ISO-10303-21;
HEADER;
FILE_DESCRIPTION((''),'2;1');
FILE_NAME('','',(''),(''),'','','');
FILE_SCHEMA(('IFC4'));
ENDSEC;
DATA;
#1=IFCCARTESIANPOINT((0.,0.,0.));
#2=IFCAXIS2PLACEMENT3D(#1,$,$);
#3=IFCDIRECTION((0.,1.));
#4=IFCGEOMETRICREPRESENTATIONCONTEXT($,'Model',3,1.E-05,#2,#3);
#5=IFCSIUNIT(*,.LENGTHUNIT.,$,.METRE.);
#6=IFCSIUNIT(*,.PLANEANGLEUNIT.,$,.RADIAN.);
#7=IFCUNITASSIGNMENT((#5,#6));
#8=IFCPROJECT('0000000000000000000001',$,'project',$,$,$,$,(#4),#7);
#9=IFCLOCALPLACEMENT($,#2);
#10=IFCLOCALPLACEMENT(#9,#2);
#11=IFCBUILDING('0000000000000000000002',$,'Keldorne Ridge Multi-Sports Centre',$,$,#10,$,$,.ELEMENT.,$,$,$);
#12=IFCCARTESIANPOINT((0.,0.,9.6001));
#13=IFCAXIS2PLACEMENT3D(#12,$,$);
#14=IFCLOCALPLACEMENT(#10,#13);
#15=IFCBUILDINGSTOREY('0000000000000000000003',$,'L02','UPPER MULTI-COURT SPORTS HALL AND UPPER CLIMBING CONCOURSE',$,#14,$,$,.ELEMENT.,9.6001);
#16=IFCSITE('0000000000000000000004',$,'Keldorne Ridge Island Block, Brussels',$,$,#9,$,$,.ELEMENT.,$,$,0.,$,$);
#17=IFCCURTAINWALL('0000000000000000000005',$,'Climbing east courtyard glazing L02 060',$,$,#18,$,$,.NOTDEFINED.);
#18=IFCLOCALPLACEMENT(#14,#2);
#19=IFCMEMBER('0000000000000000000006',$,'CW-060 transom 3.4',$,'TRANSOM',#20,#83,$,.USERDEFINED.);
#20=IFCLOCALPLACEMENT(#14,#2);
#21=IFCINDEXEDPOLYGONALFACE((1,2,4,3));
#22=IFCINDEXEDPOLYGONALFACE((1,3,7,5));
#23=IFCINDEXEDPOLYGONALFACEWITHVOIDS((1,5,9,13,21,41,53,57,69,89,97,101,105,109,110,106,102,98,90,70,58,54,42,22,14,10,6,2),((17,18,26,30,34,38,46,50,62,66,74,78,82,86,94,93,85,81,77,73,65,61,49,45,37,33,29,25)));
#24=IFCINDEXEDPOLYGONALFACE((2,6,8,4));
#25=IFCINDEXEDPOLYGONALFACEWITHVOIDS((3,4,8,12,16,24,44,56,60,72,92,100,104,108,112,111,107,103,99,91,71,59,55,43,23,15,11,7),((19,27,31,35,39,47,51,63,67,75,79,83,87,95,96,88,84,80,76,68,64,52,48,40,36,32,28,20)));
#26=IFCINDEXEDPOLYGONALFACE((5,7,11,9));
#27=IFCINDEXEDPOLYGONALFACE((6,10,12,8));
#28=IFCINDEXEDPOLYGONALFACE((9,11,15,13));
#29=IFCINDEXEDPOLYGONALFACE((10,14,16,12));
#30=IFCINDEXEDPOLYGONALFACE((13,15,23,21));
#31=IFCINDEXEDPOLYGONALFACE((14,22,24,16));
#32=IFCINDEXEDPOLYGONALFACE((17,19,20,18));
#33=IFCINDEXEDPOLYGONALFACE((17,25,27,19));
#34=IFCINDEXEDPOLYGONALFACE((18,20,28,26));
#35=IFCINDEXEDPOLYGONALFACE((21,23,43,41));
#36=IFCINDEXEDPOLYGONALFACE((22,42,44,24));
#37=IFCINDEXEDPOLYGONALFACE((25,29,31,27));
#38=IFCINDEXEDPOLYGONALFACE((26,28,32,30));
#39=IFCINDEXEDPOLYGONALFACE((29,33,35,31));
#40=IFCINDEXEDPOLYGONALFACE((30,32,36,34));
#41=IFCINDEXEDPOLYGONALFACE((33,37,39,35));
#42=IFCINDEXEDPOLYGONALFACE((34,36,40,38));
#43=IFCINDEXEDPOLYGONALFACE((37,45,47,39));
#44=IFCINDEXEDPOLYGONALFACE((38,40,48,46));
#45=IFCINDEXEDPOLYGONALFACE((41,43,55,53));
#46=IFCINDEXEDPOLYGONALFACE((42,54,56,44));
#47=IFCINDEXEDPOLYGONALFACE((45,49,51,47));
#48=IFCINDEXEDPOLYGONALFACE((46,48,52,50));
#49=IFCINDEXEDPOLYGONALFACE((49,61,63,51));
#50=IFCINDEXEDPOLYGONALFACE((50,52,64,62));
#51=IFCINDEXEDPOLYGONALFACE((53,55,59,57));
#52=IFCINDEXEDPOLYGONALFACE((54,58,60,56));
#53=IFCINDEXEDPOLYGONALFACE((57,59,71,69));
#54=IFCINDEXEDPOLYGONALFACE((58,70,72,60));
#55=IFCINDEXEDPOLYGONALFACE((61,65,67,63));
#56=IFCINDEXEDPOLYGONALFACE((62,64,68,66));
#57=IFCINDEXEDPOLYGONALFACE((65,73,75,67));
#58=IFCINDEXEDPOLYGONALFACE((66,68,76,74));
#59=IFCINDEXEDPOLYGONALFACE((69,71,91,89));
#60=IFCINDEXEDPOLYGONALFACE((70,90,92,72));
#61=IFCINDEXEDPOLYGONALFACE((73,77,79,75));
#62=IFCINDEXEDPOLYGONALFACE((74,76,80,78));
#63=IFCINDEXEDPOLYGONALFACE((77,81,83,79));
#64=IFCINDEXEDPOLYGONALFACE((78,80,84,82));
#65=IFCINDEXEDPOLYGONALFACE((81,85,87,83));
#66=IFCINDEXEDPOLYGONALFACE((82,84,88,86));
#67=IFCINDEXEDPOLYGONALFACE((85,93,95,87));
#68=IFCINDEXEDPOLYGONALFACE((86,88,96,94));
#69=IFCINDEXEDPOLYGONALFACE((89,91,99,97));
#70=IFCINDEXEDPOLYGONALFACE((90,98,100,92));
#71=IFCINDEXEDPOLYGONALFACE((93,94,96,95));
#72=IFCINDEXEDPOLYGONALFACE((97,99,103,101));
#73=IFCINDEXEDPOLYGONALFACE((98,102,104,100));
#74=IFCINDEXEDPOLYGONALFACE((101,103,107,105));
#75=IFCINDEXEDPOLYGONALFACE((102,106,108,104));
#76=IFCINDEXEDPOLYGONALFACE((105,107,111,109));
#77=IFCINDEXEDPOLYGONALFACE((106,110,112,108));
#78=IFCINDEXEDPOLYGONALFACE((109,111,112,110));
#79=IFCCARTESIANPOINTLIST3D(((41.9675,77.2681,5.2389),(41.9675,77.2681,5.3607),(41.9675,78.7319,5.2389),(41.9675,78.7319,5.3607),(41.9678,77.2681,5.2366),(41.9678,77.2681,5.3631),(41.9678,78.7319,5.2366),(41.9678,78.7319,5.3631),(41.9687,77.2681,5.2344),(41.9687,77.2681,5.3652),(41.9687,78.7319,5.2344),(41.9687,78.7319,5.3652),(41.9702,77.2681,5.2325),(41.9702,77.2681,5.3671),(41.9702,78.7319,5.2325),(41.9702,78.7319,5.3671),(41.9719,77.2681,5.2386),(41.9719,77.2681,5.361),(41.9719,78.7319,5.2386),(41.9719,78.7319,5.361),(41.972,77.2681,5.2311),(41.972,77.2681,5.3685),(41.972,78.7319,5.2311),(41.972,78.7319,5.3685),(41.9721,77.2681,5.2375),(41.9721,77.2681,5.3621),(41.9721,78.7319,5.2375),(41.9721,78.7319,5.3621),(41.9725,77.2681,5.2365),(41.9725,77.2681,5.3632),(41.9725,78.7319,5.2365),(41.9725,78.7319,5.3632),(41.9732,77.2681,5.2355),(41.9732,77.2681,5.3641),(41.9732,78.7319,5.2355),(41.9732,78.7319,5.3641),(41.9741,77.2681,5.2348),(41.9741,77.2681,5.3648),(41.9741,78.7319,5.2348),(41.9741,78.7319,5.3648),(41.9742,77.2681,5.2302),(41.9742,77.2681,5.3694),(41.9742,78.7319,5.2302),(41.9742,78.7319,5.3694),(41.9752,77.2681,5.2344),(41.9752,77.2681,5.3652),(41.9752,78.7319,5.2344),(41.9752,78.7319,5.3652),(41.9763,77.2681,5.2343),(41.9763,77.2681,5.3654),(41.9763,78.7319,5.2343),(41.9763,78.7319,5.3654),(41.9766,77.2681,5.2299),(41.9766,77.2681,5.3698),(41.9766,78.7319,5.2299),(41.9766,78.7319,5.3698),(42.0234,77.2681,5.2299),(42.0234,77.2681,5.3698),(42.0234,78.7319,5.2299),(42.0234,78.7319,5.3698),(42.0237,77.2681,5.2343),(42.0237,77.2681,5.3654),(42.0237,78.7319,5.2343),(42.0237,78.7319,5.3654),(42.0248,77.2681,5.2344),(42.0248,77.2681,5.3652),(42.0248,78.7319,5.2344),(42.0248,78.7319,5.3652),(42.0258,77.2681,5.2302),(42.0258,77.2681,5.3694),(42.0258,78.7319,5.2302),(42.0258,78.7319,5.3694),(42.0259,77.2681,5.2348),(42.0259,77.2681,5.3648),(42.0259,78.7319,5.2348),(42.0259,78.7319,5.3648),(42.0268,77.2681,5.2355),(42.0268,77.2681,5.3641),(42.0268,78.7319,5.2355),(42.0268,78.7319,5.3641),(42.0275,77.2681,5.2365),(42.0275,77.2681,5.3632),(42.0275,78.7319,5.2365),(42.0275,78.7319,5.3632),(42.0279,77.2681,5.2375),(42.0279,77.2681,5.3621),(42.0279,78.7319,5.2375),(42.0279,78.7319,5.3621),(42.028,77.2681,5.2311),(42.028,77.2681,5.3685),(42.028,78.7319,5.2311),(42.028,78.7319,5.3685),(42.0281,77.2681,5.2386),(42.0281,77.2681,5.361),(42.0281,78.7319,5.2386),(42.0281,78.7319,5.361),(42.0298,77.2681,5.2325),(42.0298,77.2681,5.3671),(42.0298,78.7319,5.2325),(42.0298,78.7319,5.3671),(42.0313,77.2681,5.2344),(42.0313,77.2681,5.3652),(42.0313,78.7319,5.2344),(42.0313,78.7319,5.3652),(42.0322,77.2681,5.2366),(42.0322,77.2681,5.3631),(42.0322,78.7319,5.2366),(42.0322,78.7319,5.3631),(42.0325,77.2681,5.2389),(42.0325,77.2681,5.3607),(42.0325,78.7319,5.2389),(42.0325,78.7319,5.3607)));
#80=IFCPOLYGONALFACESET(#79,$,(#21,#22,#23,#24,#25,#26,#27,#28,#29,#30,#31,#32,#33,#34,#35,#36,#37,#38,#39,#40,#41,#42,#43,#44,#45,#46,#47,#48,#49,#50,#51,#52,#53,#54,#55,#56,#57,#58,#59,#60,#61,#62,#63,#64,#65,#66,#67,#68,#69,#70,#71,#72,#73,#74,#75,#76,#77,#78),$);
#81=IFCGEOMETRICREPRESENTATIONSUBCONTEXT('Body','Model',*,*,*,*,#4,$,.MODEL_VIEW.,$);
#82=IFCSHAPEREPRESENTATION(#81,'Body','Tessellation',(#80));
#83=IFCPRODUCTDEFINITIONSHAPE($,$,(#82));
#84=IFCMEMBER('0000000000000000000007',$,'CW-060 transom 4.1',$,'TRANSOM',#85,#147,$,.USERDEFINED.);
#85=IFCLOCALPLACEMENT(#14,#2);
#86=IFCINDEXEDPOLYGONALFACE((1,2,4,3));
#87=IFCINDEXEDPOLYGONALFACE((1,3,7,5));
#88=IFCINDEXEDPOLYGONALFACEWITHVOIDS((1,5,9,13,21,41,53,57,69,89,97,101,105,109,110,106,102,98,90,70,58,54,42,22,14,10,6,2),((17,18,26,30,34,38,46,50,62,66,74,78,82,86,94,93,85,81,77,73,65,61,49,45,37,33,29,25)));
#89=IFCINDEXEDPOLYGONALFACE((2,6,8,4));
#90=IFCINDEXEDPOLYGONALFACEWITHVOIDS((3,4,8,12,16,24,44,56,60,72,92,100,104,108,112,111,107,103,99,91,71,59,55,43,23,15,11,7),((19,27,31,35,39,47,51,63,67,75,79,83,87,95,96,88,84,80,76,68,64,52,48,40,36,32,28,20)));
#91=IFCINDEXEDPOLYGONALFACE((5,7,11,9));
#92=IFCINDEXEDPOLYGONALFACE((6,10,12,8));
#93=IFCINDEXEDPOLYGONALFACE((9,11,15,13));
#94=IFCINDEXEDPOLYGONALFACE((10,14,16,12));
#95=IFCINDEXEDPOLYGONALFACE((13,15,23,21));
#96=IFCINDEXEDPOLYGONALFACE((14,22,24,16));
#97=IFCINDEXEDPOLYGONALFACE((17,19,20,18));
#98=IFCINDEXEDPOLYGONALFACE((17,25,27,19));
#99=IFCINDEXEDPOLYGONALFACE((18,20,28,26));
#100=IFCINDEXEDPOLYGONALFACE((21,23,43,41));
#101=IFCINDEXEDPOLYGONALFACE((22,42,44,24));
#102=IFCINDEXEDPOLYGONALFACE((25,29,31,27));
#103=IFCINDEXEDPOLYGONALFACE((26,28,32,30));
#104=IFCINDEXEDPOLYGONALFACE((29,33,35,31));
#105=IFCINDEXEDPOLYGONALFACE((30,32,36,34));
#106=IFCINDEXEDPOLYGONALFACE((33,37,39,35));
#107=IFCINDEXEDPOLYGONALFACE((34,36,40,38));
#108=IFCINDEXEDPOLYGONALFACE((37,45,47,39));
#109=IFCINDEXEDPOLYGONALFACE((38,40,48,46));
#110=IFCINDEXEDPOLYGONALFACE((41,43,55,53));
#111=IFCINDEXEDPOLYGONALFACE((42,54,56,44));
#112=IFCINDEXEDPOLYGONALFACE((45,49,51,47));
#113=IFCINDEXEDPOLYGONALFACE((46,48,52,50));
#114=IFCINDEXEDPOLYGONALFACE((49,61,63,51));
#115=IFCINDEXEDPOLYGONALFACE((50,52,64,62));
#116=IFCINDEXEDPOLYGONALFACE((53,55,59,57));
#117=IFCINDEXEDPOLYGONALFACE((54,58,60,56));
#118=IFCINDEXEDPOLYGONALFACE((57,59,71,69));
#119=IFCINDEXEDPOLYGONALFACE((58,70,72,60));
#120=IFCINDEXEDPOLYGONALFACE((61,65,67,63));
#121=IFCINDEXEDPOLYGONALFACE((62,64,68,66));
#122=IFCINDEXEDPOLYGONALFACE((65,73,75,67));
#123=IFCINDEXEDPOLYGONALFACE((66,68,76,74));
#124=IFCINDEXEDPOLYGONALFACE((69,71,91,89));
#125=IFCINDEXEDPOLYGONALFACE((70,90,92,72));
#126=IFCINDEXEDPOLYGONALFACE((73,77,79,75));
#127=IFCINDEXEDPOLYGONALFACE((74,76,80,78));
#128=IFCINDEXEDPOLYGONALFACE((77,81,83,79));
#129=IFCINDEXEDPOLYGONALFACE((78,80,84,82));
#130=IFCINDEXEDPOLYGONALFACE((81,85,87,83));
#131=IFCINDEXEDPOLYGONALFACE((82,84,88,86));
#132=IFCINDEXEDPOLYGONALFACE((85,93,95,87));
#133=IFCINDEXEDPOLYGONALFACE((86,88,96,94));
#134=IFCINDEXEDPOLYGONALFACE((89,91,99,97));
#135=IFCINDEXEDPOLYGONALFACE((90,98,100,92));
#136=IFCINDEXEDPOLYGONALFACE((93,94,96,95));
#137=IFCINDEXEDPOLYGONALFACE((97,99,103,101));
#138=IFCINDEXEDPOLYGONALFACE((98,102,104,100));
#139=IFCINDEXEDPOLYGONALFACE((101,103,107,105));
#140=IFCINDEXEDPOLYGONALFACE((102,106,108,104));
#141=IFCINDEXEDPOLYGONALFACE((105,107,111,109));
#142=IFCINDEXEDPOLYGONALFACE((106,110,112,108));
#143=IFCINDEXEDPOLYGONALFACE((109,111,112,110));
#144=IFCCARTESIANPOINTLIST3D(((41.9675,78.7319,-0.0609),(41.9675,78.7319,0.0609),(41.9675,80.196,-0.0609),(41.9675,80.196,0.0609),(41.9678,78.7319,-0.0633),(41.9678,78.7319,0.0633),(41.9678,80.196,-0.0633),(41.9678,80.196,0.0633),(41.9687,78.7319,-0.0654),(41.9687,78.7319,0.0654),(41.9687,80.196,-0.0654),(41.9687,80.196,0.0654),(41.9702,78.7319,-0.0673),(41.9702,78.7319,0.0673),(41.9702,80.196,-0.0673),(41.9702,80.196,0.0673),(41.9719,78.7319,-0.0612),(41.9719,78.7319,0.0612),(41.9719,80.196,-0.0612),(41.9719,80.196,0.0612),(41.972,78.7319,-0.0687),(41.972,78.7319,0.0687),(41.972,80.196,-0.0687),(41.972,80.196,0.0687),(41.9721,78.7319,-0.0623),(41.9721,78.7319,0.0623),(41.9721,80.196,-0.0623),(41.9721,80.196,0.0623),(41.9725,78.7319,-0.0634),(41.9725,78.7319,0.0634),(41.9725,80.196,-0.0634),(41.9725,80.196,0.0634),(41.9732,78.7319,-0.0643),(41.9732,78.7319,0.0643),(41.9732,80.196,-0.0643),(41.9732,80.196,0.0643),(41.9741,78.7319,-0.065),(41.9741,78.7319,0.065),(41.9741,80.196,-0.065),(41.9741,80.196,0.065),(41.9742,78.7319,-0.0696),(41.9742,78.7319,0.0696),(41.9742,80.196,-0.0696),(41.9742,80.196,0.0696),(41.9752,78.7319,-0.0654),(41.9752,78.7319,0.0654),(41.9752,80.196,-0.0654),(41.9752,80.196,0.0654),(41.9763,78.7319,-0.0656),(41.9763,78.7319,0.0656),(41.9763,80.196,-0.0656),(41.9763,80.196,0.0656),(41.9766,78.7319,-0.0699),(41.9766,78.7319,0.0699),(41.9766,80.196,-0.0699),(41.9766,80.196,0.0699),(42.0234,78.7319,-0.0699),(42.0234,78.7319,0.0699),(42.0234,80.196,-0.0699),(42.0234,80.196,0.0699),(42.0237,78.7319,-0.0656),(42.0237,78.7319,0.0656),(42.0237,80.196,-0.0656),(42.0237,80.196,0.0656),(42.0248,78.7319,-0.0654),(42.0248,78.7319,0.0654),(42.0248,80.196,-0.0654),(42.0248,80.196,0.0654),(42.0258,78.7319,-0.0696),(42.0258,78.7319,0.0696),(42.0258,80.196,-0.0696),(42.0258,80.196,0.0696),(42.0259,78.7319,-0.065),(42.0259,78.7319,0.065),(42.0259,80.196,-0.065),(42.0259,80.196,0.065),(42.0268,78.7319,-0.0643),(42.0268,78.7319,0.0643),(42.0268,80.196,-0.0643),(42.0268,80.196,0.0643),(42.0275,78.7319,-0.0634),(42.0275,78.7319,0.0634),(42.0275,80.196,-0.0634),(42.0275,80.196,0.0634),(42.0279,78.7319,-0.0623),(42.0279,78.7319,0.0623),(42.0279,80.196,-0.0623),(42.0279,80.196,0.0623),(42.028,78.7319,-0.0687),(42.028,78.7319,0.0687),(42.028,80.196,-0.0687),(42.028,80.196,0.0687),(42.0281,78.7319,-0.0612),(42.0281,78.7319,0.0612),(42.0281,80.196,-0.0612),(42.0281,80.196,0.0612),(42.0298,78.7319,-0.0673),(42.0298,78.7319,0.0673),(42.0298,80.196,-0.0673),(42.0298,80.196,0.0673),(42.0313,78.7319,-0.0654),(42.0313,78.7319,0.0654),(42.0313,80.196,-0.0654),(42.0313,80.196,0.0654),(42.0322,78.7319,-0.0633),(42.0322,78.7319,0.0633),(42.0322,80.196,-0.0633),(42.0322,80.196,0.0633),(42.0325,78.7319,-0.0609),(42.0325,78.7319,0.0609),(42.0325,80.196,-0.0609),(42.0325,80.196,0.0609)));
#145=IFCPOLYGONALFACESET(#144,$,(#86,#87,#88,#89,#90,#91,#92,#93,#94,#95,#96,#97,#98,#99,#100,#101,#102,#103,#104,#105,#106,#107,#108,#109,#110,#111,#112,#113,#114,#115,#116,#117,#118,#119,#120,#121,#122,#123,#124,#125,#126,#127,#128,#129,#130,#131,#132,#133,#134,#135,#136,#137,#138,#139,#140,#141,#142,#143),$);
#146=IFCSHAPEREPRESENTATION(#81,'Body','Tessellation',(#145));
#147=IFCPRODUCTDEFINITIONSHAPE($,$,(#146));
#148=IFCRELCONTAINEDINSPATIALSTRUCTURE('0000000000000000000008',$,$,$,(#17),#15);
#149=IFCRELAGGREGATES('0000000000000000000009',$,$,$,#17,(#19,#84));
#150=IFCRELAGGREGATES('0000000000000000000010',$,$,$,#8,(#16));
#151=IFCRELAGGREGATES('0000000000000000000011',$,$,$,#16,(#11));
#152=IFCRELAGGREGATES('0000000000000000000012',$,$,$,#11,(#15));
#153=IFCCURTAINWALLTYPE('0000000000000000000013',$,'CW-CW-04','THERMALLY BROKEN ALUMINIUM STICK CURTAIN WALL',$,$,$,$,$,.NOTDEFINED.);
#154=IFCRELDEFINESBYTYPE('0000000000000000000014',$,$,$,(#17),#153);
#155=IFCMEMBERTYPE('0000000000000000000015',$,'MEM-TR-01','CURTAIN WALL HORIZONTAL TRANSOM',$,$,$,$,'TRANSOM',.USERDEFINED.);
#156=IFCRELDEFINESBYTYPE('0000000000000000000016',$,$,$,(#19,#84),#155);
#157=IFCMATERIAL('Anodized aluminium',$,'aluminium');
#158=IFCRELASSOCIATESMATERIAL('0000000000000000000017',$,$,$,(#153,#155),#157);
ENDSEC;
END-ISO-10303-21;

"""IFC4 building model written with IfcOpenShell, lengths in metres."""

from ifc_helpers import new_model, si_unit, direction, frame, origin, origin_2d, place, context, subcontext, project, spatial, hollow_rectangle, extrude, material, material_profile, profile_set, type_object, element, aggregate, save


model = new_model("IFC4")

# Units and contexts
model_context = context("Model", 3, precision=1e-05, world=origin(), true_north=direction((0.0, 1.0)))
body_context = subcontext(model_context, "Body", "Model", "MODEL_VIEW")
ifc_project = project(units=[si_unit("LENGTHUNIT", "METRE"), si_unit("PLANEANGLEUNIT", "RADIAN")], contexts=[model_context])

# Site, building, storey
site_placement = place(None, origin())
site = spatial("IfcSite", under=ifc_project, at=site_placement, Name="Keldorne Ridge Island Block, Brussels", CompositionType="ELEMENT", RefElevation=0.0)
building_placement = place(site_placement, origin())
building = spatial("IfcBuilding", under=site, at=building_placement, Name="Keldorne Ridge Multi-Sports Centre", CompositionType="ELEMENT")
storey_placement = place(building_placement, frame((0.0, 0.0, 9.6001)))
storey = spatial("IfcBuildingStorey", under=building, at=storey_placement, Name="L02", Description="UPPER MULTI-COURT SPORTS HALL AND UPPER CLIMBING CONCOURSE", CompositionType="ELEMENT", Elevation=9.6001)

# Curtain wall, members
ifc_material_1 = material(Name="Anodized aluminium", Category="aluminium")
curtain_wall_type = type_object("IfcCurtainWallType", Name="CW-CW-04", Description="THERMALLY BROKEN ALUMINIUM STICK CURTAIN WALL", PredefinedType="NOTDEFINED", material=ifc_material_1)
curtain_wall_placement = place(storey_placement, origin())
curtain_wall = element("IfcCurtainWall", 1, at=curtain_wall_placement, inside=storey, type_object=curtain_wall_type, Name="Climbing east courtyard glazing L02 060", PredefinedType="NOTDEFINED")
ifc_material_profile_1 = material_profile(ifc_material_1, hollow_rectangle(XDim=0.0649, YDim=0.1399, WallThickness=0.0044, InnerFilletRadius=0.0044, OuterFilletRadius=0.009, at=origin_2d()), Name="ALU TRANSOM 140x65x4.5")
ifc_profile_set_1 = profile_set([ifc_material_profile_1], Name="Anodized aluminium")
member_type_1 = type_object("IfcMemberType", Name="MEM-TR-01", Description="CURTAIN WALL HORIZONTAL TRANSOM", ElementType="TRANSOM", PredefinedType="USERDEFINED", material=ifc_profile_set_1)
member_1_placement = place(storey_placement, frame((42.0, 77.2681, 5.2998), z_axis=(0.0, 1.0, 0.0), x_axis=(-1.0, 0.0, 0.0)))
member_1 = element("IfcMember", 2, at=member_1_placement, type_object=member_type_1, Name="CW-060 transom 3.4", ObjectType="TRANSOM", PredefinedType="USERDEFINED", context=body_context, shape_type="SweptSolid", body=[
    extrude(hollow_rectangle(XDim=0.0649, YDim=0.1399, WallThickness=0.0044, InnerFilletRadius=0.0044, OuterFilletRadius=0.009, at=origin_2d()), origin(), (0.0, 0.0, 1.0), 1.4639),
])
member_2_placement = place(storey_placement, frame((42.0, 78.7319, 0.0), z_axis=(0.0, 1.0, 0.0), x_axis=(-1.0, 0.0, 0.0)))
member_2 = element("IfcMember", 3, at=member_2_placement, type_object=member_type_1, Name="CW-060 transom 4.1", ObjectType="TRANSOM", PredefinedType="USERDEFINED", context=body_context, shape_type="SweptSolid", body=[
    extrude(hollow_rectangle(XDim=0.0649, YDim=0.1399, WallThickness=0.0044, InnerFilletRadius=0.0044, OuterFilletRadius=0.009, at=origin_2d()), origin(), (0.0, 0.0, 1.0), 1.4641),
])
aggregate(curtain_wall, [member_1, member_2])

save(model, "model.ifc")
